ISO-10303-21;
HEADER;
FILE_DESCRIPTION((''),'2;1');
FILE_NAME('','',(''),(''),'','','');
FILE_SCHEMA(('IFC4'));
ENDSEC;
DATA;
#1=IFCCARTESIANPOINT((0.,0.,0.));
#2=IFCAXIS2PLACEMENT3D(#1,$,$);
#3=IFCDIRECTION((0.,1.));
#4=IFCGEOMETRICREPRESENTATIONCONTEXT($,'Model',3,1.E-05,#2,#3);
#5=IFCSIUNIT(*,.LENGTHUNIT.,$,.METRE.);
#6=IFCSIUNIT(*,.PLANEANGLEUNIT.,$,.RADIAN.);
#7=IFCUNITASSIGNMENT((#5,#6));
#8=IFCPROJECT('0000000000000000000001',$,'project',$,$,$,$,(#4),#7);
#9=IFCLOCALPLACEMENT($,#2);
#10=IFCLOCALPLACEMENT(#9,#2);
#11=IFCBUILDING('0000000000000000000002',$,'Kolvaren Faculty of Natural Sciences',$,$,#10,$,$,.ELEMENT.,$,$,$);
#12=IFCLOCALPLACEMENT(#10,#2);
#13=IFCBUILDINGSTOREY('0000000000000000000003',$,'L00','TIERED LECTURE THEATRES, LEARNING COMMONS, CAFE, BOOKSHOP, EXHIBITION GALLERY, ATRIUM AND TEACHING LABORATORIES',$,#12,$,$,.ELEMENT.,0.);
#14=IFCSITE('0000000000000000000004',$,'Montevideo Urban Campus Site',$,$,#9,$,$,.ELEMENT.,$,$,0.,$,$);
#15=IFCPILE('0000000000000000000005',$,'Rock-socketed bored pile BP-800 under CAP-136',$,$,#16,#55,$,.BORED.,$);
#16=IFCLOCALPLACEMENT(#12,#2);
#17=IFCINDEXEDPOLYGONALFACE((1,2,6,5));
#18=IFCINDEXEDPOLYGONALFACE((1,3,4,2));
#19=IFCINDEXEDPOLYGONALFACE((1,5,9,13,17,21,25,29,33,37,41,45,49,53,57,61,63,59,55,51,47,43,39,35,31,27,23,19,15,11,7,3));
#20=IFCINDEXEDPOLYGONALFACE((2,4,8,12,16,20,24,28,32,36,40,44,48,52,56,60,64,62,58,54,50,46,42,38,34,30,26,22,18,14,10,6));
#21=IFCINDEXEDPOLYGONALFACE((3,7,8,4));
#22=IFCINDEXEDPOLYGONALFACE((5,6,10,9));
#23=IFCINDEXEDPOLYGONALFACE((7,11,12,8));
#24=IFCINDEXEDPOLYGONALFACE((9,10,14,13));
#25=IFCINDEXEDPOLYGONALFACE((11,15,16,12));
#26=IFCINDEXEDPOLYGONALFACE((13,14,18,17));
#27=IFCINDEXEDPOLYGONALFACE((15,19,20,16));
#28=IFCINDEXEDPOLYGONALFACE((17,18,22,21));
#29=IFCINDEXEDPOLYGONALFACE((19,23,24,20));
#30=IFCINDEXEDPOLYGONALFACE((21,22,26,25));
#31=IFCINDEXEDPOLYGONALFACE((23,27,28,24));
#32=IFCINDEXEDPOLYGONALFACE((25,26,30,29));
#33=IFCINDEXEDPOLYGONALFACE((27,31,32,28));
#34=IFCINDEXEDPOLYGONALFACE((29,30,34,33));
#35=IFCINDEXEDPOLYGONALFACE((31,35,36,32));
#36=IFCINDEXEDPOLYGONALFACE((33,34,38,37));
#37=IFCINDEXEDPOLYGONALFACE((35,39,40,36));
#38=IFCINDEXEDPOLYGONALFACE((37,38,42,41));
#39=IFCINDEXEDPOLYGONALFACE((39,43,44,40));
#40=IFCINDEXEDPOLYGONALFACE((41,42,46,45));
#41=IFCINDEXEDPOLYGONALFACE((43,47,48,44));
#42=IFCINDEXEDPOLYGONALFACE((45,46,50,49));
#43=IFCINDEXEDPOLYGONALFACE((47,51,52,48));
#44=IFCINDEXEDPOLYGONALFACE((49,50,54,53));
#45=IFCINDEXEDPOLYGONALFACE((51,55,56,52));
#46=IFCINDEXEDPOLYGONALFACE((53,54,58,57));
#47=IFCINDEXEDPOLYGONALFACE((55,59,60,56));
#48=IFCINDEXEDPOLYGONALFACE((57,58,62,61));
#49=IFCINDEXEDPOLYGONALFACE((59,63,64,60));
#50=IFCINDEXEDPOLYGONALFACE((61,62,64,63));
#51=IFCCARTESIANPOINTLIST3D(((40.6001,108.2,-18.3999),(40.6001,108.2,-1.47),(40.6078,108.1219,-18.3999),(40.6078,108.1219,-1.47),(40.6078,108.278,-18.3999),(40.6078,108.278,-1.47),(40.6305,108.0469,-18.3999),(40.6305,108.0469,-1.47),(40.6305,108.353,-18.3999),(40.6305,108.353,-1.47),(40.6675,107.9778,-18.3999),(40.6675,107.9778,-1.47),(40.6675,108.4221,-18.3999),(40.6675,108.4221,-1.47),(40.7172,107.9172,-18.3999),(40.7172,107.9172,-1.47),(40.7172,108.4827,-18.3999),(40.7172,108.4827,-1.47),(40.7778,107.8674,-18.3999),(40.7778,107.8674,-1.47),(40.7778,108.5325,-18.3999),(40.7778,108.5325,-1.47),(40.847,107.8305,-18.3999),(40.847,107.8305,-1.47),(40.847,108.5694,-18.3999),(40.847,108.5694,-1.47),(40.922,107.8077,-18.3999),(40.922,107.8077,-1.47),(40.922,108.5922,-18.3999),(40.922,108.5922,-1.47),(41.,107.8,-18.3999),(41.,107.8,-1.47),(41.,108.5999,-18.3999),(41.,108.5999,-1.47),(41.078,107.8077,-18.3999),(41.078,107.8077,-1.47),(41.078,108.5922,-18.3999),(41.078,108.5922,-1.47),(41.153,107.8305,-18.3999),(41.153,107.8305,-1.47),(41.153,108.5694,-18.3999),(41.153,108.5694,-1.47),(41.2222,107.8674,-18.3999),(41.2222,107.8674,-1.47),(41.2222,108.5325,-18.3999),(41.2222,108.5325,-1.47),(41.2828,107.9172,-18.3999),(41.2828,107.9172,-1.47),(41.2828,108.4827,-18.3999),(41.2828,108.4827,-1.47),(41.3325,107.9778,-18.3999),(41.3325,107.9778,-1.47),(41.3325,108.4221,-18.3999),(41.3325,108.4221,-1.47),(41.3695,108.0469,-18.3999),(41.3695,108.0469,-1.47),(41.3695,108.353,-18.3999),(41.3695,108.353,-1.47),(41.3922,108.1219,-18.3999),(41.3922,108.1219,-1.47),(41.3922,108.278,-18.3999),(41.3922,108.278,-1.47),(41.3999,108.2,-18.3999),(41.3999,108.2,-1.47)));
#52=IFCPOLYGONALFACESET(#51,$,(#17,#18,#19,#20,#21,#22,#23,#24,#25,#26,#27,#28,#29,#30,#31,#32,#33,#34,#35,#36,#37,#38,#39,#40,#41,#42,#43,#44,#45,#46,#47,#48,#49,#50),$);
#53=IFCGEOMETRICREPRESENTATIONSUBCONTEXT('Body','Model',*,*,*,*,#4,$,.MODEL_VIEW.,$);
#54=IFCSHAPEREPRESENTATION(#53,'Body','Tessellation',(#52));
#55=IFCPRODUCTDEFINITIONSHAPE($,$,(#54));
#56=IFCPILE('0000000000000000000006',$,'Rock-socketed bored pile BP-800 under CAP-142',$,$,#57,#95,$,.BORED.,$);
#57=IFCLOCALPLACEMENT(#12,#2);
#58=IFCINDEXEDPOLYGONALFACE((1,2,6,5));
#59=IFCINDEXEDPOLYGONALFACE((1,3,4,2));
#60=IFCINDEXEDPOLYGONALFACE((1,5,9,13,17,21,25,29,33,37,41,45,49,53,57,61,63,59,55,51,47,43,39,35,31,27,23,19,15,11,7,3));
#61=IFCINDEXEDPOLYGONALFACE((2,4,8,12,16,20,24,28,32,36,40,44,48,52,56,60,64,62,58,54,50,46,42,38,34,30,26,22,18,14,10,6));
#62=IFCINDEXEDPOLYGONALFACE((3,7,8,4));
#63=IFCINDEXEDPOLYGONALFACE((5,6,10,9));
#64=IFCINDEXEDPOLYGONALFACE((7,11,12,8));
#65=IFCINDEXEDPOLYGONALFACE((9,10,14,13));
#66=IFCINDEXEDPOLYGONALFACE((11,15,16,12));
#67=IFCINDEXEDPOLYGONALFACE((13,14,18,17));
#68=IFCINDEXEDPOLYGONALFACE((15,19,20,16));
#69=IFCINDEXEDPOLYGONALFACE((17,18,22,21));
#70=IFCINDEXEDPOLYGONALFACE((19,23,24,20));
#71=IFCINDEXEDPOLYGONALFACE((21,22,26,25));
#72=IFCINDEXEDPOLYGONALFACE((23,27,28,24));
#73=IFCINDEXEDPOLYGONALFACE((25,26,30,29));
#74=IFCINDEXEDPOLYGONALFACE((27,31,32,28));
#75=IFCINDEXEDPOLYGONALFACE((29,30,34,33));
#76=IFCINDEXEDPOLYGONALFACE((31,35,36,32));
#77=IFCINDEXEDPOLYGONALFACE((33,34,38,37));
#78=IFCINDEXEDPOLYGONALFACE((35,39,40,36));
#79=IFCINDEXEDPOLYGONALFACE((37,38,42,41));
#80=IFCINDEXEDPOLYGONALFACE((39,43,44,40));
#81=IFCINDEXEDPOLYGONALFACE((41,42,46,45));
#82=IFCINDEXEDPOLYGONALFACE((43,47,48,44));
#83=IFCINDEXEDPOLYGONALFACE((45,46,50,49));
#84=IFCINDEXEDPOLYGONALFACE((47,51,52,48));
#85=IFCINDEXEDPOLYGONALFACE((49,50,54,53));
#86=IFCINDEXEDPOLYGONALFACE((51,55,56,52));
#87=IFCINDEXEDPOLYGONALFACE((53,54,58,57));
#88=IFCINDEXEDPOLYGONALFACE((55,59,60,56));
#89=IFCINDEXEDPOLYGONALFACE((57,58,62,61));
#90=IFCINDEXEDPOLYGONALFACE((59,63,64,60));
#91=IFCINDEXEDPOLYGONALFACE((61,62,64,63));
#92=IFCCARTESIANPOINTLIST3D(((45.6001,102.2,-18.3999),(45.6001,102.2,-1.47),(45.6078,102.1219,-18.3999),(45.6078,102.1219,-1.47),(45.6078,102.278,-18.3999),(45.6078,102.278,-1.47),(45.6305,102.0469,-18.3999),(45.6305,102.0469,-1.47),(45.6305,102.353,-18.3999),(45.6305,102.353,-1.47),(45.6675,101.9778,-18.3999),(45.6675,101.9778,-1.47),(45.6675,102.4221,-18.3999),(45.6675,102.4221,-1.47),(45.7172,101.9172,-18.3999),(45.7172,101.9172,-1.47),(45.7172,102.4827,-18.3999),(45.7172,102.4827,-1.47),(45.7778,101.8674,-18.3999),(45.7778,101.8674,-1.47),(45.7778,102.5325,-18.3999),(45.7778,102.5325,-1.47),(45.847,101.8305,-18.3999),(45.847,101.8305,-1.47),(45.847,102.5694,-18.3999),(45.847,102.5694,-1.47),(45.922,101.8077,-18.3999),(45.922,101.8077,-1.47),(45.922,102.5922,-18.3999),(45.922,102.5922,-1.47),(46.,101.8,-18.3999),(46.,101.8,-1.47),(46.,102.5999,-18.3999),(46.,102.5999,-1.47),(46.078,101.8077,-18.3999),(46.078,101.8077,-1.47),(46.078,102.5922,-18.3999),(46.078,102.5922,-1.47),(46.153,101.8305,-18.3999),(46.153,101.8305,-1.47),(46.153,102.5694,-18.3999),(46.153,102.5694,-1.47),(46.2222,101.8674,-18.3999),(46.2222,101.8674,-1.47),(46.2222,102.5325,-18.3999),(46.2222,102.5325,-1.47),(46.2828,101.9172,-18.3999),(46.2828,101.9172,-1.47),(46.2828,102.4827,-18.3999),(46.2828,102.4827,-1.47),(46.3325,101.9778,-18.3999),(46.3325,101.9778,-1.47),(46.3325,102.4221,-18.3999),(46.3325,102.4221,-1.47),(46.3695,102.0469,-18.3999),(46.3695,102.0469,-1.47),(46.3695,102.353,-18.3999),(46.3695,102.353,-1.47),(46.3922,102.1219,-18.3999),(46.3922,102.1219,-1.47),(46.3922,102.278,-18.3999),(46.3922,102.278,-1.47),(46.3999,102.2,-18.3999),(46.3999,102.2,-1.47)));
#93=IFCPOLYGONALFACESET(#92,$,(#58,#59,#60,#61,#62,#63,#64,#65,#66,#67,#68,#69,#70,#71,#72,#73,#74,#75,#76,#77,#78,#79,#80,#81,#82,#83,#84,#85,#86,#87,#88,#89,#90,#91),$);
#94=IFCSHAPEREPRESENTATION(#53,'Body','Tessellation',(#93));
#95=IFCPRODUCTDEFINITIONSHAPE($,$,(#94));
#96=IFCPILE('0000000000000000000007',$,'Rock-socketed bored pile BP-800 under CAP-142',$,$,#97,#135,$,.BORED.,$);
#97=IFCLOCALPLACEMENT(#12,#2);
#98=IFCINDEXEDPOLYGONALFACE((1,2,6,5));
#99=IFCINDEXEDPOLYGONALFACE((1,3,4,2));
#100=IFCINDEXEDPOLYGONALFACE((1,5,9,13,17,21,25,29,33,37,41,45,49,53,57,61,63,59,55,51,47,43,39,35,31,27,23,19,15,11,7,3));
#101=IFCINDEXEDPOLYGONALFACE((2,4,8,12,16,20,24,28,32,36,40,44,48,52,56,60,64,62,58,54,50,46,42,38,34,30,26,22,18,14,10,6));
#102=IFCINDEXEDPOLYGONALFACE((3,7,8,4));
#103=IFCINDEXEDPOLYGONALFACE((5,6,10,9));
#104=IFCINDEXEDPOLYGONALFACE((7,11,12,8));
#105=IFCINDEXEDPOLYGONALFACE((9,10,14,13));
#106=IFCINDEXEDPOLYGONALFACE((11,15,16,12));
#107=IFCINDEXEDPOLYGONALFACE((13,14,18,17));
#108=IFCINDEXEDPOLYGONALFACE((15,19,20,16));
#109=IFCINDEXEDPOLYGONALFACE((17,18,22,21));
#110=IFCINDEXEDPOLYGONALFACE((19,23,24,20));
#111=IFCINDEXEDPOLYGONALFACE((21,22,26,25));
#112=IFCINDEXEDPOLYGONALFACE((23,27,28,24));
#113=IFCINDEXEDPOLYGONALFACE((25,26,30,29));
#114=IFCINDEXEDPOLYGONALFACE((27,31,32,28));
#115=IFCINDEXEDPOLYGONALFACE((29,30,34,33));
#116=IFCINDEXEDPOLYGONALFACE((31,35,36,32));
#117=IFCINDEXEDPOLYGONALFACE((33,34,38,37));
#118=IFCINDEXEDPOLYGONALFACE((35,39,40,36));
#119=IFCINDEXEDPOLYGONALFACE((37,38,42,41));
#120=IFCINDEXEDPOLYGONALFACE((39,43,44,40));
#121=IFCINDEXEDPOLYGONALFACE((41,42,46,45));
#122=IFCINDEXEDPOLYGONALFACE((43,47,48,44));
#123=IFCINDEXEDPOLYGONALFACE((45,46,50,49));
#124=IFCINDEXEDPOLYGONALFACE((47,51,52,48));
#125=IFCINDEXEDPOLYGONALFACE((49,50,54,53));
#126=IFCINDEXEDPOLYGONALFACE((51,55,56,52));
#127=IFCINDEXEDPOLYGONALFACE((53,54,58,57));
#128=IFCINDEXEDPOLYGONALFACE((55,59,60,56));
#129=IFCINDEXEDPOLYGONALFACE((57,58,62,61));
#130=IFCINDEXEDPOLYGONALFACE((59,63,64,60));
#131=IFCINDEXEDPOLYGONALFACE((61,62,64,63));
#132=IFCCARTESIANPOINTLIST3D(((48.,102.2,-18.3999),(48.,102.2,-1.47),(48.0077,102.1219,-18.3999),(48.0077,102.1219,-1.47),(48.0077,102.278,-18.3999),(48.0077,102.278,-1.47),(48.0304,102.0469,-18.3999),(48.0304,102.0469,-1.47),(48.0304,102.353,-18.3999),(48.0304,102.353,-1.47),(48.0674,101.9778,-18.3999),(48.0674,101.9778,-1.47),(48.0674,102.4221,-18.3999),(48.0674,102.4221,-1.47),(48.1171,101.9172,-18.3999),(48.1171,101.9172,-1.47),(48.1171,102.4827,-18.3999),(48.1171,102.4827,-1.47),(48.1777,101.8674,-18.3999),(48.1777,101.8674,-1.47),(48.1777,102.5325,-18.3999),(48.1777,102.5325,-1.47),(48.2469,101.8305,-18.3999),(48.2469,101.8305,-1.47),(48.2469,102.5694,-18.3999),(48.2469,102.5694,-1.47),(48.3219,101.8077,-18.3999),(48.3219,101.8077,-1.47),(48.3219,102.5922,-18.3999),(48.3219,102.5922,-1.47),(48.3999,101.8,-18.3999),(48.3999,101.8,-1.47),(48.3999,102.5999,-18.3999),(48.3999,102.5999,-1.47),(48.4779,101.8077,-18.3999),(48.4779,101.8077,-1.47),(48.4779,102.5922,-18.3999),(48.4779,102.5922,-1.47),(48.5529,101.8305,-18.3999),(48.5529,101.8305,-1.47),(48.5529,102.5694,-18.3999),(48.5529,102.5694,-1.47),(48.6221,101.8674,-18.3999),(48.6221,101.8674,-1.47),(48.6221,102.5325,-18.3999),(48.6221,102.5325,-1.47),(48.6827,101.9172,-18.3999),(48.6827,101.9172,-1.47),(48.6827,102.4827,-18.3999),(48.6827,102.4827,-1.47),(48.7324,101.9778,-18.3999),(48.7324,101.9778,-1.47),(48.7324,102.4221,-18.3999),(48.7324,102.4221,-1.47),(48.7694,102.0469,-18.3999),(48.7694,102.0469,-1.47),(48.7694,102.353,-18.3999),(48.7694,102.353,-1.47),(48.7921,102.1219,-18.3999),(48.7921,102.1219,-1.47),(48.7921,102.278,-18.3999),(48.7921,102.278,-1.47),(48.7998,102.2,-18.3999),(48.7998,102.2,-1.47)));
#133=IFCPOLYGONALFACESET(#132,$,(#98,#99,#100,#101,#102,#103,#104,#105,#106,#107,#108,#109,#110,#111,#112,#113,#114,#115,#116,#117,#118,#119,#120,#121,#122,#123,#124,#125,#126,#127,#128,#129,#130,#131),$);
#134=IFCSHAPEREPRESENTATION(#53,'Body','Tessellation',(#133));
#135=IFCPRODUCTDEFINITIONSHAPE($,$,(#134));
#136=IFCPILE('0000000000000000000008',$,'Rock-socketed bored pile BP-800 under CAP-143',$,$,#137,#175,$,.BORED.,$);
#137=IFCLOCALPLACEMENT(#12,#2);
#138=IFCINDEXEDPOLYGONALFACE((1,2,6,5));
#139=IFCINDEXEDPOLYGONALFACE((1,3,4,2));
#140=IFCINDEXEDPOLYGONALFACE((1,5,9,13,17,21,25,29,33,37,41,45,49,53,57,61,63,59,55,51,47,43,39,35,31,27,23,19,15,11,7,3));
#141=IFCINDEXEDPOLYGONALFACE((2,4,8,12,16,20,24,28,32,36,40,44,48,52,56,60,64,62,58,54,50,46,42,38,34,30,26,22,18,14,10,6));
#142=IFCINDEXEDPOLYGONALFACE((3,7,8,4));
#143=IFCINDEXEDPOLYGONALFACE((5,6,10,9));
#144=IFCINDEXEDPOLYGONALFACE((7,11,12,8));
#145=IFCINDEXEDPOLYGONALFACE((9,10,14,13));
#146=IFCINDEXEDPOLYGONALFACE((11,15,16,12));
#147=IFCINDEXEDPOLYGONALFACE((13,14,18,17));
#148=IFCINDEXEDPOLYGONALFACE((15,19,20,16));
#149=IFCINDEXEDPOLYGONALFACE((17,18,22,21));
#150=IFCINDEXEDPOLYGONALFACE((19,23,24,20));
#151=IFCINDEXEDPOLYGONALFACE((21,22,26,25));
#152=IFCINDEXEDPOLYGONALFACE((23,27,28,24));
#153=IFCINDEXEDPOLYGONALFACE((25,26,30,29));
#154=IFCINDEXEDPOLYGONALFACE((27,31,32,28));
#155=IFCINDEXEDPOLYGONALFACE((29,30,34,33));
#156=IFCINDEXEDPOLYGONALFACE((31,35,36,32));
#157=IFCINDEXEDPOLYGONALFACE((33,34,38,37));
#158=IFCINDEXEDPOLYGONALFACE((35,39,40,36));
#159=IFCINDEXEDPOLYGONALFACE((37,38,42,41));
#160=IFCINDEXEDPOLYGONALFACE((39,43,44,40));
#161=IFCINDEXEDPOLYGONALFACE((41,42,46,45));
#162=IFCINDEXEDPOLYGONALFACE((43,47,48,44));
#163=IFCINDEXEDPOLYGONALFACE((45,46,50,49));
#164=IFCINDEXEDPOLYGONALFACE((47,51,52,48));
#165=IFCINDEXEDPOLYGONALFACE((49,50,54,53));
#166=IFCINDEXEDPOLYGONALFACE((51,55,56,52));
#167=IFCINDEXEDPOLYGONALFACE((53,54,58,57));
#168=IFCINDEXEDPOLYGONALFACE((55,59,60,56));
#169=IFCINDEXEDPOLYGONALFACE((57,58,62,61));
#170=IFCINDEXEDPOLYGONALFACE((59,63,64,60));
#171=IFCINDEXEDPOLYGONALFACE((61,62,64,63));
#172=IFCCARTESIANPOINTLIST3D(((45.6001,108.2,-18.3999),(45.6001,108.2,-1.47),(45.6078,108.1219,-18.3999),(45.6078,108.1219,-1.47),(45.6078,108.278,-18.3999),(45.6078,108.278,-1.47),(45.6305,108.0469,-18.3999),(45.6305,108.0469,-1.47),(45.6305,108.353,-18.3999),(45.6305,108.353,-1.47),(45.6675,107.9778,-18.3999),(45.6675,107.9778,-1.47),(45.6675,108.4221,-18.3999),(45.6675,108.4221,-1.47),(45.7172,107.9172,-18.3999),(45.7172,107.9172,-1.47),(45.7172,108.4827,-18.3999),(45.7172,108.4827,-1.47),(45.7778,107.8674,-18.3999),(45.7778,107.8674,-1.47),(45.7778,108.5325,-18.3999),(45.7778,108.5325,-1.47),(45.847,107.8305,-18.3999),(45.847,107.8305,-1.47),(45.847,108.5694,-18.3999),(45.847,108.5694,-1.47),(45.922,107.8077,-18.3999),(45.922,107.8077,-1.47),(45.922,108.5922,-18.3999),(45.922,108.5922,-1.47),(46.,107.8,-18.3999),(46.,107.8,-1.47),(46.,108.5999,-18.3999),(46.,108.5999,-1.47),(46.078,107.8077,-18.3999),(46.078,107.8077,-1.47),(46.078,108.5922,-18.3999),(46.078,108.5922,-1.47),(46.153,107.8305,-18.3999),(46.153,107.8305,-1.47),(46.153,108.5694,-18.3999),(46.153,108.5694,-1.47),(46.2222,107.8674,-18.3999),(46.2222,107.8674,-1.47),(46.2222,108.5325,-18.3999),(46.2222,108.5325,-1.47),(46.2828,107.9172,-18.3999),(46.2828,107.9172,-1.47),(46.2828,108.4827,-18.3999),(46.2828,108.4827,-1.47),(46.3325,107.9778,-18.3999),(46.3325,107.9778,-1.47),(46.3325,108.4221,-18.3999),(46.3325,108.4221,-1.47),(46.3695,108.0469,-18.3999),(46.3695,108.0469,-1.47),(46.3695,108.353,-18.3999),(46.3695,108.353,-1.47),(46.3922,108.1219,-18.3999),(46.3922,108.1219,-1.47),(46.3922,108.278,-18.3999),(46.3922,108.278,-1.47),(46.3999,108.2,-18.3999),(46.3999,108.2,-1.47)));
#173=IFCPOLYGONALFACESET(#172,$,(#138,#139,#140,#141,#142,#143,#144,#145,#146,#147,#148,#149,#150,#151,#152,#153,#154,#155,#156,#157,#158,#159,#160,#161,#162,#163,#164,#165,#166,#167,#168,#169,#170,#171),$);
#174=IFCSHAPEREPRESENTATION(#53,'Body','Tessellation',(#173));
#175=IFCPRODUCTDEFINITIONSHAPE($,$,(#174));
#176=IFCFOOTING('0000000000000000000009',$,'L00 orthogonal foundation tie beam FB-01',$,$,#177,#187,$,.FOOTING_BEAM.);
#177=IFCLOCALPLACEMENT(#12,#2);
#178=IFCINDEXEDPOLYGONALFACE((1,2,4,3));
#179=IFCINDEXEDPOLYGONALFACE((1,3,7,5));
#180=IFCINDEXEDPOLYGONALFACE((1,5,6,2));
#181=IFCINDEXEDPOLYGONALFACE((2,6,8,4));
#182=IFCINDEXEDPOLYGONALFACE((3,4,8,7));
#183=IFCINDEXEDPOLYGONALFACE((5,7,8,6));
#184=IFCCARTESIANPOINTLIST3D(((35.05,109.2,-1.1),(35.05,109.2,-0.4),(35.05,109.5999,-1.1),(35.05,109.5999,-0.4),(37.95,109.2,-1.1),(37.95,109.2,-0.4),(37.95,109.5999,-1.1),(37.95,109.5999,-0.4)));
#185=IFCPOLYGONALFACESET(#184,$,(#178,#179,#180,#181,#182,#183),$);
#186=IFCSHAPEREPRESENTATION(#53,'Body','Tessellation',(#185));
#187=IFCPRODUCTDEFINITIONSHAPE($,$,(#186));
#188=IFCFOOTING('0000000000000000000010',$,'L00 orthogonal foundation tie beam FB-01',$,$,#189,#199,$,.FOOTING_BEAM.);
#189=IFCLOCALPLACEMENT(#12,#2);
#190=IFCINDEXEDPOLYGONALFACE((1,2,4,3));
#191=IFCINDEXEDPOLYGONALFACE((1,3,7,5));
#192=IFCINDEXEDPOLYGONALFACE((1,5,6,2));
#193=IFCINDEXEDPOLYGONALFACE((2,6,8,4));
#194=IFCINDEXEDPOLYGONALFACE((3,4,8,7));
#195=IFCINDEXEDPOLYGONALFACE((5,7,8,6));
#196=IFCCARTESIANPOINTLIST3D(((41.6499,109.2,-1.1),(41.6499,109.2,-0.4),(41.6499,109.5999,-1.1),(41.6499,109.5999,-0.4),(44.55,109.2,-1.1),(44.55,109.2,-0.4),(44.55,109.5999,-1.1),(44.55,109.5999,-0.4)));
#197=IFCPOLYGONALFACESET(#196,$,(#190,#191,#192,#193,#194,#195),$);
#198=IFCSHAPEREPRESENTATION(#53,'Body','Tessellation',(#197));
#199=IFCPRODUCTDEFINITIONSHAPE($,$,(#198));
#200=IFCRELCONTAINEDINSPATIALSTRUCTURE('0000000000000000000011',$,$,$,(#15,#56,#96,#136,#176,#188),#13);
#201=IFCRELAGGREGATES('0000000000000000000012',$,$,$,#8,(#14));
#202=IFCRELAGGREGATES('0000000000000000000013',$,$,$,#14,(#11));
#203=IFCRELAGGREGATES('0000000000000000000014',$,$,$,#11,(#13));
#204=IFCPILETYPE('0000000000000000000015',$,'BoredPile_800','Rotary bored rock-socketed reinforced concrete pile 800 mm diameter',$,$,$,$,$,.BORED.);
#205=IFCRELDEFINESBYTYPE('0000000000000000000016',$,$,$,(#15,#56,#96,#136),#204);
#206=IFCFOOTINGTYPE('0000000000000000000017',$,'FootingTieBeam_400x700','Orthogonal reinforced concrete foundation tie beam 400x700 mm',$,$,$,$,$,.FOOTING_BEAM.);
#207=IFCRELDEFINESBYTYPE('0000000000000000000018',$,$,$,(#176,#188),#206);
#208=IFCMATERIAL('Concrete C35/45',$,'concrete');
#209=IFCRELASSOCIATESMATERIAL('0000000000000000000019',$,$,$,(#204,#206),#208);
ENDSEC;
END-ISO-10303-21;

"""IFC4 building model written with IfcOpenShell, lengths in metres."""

from ifc_helpers import new_model, si_unit, direction, frame, origin, origin_2d, place, context, subcontext, project, spatial, rectangle, circle, extrude, material, material_profile, profile_set, type_object, element, save


model = new_model("IFC4")

# Units and contexts
model_context = context("Model", 3, precision=1e-05, world=origin(), true_north=direction((0.0, 1.0)))
body_context = subcontext(model_context, "Body", "Model", "MODEL_VIEW")
ifc_project = project(units=[si_unit("LENGTHUNIT", "METRE"), si_unit("PLANEANGLEUNIT", "RADIAN")], contexts=[model_context])

# Site, building, storey
site_placement = place(None, origin())
site = spatial("IfcSite", under=ifc_project, at=site_placement, Name="Montevideo Urban Campus Site", CompositionType="ELEMENT", RefElevation=0.0)
building_placement = place(site_placement, origin())
building = spatial("IfcBuilding", under=site, at=building_placement, Name="Kolvaren Faculty of Natural Sciences", CompositionType="ELEMENT")
storey_placement = place(building_placement, origin())
storey = spatial("IfcBuildingStorey", under=building, at=storey_placement, Name="L00", Description="TIERED LECTURE THEATRES, LEARNING COMMONS, CAFE, BOOKSHOP, EXHIBITION GALLERY, ATRIUM AND TEACHING LABORATORIES", CompositionType="ELEMENT", Elevation=0.0)

# Piles
ifc_material_1 = material(Name="Concrete C35/45", Category="concrete")
ifc_material_profile_1 = material_profile(ifc_material_1, circle(Radius=0.3999, at=origin_2d()), Name="PILE D800")
ifc_profile_set_1 = profile_set([ifc_material_profile_1], Name="Concrete C35/45")
pile_type = type_object("IfcPileType", Name="BoredPile_800", Description="Rotary bored rock-socketed reinforced concrete pile 800 mm diameter", PredefinedType="BORED", material=ifc_profile_set_1)
for number, where, z_axis, x_axis, name in (
    (1, (41.0, 108.2, -1.47), (0.0, 0.0, -1.0), (1.0, 0.0, 0.0), "Rock-socketed bored pile BP-800 under CAP-136"),
    (2, (46.0, 102.2, -1.47), (0.0, 0.0, -1.0), (1.0, 0.0, 0.0), "Rock-socketed bored pile BP-800 under CAP-142"),
    (3, (48.3999, 102.2, -1.47), (0.0, 0.0, -1.0), (1.0, 0.0, 0.0), "Rock-socketed bored pile BP-800 under CAP-142"),
    (4, (46.0, 108.2, -1.47), (0.0, 0.0, -1.0), (1.0, 0.0, 0.0), "Rock-socketed bored pile BP-800 under CAP-143"),
):
    element("IfcPile", number, at=place(storey_placement, frame(where, z_axis=z_axis, x_axis=x_axis)), inside=storey, type_object=pile_type, Name=name, PredefinedType="BORED", context=body_context, shape_type="SweptSolid", body=[
        extrude(circle(Radius=0.3999, at=origin_2d()), origin(), (0.0, 0.0, 1.0), 16.9299),
    ])

# Footings
ifc_material_profile_2 = material_profile(ifc_material_1, rectangle(XDim=0.3999, YDim=0.7, at=origin_2d()), Name="RC FB 400x700")
ifc_profile_set_2 = profile_set([ifc_material_profile_2], Name="Concrete C35/45")
footing_type_1 = type_object("IfcFootingType", Name="FootingTieBeam_400x700", Description="Orthogonal reinforced concrete foundation tie beam 400x700 mm", PredefinedType="FOOTING_BEAM", material=ifc_profile_set_2)
footing_1_placement = place(storey_placement, frame((35.05, 109.3999, -0.75), z_axis=(1.0, 0.0, 0.0), x_axis=(0.0, 1.0, 0.0)))
element("IfcFooting", 5, at=footing_1_placement, inside=storey, type_object=footing_type_1, Name="L00 orthogonal foundation tie beam FB-01", PredefinedType="FOOTING_BEAM", context=body_context, shape_type="SweptSolid", body=[
    extrude(rectangle(XDim=0.3999, YDim=0.7, at=origin_2d()), origin(), (0.0, 0.0, 1.0), 2.8999),
])
footing_2_placement = place(storey_placement, frame((41.6499, 109.3999, -0.75), z_axis=(1.0, 0.0, 0.0), x_axis=(0.0, 1.0, 0.0)))
element("IfcFooting", 6, at=footing_2_placement, inside=storey, type_object=footing_type_1, Name="L00 orthogonal foundation tie beam FB-01", PredefinedType="FOOTING_BEAM", context=body_context, shape_type="SweptSolid", body=[
    extrude(rectangle(XDim=0.3999, YDim=0.7, at=origin_2d()), origin(), (0.0, 0.0, 1.0), 2.9001),
])

save(model, "model.ifc")
